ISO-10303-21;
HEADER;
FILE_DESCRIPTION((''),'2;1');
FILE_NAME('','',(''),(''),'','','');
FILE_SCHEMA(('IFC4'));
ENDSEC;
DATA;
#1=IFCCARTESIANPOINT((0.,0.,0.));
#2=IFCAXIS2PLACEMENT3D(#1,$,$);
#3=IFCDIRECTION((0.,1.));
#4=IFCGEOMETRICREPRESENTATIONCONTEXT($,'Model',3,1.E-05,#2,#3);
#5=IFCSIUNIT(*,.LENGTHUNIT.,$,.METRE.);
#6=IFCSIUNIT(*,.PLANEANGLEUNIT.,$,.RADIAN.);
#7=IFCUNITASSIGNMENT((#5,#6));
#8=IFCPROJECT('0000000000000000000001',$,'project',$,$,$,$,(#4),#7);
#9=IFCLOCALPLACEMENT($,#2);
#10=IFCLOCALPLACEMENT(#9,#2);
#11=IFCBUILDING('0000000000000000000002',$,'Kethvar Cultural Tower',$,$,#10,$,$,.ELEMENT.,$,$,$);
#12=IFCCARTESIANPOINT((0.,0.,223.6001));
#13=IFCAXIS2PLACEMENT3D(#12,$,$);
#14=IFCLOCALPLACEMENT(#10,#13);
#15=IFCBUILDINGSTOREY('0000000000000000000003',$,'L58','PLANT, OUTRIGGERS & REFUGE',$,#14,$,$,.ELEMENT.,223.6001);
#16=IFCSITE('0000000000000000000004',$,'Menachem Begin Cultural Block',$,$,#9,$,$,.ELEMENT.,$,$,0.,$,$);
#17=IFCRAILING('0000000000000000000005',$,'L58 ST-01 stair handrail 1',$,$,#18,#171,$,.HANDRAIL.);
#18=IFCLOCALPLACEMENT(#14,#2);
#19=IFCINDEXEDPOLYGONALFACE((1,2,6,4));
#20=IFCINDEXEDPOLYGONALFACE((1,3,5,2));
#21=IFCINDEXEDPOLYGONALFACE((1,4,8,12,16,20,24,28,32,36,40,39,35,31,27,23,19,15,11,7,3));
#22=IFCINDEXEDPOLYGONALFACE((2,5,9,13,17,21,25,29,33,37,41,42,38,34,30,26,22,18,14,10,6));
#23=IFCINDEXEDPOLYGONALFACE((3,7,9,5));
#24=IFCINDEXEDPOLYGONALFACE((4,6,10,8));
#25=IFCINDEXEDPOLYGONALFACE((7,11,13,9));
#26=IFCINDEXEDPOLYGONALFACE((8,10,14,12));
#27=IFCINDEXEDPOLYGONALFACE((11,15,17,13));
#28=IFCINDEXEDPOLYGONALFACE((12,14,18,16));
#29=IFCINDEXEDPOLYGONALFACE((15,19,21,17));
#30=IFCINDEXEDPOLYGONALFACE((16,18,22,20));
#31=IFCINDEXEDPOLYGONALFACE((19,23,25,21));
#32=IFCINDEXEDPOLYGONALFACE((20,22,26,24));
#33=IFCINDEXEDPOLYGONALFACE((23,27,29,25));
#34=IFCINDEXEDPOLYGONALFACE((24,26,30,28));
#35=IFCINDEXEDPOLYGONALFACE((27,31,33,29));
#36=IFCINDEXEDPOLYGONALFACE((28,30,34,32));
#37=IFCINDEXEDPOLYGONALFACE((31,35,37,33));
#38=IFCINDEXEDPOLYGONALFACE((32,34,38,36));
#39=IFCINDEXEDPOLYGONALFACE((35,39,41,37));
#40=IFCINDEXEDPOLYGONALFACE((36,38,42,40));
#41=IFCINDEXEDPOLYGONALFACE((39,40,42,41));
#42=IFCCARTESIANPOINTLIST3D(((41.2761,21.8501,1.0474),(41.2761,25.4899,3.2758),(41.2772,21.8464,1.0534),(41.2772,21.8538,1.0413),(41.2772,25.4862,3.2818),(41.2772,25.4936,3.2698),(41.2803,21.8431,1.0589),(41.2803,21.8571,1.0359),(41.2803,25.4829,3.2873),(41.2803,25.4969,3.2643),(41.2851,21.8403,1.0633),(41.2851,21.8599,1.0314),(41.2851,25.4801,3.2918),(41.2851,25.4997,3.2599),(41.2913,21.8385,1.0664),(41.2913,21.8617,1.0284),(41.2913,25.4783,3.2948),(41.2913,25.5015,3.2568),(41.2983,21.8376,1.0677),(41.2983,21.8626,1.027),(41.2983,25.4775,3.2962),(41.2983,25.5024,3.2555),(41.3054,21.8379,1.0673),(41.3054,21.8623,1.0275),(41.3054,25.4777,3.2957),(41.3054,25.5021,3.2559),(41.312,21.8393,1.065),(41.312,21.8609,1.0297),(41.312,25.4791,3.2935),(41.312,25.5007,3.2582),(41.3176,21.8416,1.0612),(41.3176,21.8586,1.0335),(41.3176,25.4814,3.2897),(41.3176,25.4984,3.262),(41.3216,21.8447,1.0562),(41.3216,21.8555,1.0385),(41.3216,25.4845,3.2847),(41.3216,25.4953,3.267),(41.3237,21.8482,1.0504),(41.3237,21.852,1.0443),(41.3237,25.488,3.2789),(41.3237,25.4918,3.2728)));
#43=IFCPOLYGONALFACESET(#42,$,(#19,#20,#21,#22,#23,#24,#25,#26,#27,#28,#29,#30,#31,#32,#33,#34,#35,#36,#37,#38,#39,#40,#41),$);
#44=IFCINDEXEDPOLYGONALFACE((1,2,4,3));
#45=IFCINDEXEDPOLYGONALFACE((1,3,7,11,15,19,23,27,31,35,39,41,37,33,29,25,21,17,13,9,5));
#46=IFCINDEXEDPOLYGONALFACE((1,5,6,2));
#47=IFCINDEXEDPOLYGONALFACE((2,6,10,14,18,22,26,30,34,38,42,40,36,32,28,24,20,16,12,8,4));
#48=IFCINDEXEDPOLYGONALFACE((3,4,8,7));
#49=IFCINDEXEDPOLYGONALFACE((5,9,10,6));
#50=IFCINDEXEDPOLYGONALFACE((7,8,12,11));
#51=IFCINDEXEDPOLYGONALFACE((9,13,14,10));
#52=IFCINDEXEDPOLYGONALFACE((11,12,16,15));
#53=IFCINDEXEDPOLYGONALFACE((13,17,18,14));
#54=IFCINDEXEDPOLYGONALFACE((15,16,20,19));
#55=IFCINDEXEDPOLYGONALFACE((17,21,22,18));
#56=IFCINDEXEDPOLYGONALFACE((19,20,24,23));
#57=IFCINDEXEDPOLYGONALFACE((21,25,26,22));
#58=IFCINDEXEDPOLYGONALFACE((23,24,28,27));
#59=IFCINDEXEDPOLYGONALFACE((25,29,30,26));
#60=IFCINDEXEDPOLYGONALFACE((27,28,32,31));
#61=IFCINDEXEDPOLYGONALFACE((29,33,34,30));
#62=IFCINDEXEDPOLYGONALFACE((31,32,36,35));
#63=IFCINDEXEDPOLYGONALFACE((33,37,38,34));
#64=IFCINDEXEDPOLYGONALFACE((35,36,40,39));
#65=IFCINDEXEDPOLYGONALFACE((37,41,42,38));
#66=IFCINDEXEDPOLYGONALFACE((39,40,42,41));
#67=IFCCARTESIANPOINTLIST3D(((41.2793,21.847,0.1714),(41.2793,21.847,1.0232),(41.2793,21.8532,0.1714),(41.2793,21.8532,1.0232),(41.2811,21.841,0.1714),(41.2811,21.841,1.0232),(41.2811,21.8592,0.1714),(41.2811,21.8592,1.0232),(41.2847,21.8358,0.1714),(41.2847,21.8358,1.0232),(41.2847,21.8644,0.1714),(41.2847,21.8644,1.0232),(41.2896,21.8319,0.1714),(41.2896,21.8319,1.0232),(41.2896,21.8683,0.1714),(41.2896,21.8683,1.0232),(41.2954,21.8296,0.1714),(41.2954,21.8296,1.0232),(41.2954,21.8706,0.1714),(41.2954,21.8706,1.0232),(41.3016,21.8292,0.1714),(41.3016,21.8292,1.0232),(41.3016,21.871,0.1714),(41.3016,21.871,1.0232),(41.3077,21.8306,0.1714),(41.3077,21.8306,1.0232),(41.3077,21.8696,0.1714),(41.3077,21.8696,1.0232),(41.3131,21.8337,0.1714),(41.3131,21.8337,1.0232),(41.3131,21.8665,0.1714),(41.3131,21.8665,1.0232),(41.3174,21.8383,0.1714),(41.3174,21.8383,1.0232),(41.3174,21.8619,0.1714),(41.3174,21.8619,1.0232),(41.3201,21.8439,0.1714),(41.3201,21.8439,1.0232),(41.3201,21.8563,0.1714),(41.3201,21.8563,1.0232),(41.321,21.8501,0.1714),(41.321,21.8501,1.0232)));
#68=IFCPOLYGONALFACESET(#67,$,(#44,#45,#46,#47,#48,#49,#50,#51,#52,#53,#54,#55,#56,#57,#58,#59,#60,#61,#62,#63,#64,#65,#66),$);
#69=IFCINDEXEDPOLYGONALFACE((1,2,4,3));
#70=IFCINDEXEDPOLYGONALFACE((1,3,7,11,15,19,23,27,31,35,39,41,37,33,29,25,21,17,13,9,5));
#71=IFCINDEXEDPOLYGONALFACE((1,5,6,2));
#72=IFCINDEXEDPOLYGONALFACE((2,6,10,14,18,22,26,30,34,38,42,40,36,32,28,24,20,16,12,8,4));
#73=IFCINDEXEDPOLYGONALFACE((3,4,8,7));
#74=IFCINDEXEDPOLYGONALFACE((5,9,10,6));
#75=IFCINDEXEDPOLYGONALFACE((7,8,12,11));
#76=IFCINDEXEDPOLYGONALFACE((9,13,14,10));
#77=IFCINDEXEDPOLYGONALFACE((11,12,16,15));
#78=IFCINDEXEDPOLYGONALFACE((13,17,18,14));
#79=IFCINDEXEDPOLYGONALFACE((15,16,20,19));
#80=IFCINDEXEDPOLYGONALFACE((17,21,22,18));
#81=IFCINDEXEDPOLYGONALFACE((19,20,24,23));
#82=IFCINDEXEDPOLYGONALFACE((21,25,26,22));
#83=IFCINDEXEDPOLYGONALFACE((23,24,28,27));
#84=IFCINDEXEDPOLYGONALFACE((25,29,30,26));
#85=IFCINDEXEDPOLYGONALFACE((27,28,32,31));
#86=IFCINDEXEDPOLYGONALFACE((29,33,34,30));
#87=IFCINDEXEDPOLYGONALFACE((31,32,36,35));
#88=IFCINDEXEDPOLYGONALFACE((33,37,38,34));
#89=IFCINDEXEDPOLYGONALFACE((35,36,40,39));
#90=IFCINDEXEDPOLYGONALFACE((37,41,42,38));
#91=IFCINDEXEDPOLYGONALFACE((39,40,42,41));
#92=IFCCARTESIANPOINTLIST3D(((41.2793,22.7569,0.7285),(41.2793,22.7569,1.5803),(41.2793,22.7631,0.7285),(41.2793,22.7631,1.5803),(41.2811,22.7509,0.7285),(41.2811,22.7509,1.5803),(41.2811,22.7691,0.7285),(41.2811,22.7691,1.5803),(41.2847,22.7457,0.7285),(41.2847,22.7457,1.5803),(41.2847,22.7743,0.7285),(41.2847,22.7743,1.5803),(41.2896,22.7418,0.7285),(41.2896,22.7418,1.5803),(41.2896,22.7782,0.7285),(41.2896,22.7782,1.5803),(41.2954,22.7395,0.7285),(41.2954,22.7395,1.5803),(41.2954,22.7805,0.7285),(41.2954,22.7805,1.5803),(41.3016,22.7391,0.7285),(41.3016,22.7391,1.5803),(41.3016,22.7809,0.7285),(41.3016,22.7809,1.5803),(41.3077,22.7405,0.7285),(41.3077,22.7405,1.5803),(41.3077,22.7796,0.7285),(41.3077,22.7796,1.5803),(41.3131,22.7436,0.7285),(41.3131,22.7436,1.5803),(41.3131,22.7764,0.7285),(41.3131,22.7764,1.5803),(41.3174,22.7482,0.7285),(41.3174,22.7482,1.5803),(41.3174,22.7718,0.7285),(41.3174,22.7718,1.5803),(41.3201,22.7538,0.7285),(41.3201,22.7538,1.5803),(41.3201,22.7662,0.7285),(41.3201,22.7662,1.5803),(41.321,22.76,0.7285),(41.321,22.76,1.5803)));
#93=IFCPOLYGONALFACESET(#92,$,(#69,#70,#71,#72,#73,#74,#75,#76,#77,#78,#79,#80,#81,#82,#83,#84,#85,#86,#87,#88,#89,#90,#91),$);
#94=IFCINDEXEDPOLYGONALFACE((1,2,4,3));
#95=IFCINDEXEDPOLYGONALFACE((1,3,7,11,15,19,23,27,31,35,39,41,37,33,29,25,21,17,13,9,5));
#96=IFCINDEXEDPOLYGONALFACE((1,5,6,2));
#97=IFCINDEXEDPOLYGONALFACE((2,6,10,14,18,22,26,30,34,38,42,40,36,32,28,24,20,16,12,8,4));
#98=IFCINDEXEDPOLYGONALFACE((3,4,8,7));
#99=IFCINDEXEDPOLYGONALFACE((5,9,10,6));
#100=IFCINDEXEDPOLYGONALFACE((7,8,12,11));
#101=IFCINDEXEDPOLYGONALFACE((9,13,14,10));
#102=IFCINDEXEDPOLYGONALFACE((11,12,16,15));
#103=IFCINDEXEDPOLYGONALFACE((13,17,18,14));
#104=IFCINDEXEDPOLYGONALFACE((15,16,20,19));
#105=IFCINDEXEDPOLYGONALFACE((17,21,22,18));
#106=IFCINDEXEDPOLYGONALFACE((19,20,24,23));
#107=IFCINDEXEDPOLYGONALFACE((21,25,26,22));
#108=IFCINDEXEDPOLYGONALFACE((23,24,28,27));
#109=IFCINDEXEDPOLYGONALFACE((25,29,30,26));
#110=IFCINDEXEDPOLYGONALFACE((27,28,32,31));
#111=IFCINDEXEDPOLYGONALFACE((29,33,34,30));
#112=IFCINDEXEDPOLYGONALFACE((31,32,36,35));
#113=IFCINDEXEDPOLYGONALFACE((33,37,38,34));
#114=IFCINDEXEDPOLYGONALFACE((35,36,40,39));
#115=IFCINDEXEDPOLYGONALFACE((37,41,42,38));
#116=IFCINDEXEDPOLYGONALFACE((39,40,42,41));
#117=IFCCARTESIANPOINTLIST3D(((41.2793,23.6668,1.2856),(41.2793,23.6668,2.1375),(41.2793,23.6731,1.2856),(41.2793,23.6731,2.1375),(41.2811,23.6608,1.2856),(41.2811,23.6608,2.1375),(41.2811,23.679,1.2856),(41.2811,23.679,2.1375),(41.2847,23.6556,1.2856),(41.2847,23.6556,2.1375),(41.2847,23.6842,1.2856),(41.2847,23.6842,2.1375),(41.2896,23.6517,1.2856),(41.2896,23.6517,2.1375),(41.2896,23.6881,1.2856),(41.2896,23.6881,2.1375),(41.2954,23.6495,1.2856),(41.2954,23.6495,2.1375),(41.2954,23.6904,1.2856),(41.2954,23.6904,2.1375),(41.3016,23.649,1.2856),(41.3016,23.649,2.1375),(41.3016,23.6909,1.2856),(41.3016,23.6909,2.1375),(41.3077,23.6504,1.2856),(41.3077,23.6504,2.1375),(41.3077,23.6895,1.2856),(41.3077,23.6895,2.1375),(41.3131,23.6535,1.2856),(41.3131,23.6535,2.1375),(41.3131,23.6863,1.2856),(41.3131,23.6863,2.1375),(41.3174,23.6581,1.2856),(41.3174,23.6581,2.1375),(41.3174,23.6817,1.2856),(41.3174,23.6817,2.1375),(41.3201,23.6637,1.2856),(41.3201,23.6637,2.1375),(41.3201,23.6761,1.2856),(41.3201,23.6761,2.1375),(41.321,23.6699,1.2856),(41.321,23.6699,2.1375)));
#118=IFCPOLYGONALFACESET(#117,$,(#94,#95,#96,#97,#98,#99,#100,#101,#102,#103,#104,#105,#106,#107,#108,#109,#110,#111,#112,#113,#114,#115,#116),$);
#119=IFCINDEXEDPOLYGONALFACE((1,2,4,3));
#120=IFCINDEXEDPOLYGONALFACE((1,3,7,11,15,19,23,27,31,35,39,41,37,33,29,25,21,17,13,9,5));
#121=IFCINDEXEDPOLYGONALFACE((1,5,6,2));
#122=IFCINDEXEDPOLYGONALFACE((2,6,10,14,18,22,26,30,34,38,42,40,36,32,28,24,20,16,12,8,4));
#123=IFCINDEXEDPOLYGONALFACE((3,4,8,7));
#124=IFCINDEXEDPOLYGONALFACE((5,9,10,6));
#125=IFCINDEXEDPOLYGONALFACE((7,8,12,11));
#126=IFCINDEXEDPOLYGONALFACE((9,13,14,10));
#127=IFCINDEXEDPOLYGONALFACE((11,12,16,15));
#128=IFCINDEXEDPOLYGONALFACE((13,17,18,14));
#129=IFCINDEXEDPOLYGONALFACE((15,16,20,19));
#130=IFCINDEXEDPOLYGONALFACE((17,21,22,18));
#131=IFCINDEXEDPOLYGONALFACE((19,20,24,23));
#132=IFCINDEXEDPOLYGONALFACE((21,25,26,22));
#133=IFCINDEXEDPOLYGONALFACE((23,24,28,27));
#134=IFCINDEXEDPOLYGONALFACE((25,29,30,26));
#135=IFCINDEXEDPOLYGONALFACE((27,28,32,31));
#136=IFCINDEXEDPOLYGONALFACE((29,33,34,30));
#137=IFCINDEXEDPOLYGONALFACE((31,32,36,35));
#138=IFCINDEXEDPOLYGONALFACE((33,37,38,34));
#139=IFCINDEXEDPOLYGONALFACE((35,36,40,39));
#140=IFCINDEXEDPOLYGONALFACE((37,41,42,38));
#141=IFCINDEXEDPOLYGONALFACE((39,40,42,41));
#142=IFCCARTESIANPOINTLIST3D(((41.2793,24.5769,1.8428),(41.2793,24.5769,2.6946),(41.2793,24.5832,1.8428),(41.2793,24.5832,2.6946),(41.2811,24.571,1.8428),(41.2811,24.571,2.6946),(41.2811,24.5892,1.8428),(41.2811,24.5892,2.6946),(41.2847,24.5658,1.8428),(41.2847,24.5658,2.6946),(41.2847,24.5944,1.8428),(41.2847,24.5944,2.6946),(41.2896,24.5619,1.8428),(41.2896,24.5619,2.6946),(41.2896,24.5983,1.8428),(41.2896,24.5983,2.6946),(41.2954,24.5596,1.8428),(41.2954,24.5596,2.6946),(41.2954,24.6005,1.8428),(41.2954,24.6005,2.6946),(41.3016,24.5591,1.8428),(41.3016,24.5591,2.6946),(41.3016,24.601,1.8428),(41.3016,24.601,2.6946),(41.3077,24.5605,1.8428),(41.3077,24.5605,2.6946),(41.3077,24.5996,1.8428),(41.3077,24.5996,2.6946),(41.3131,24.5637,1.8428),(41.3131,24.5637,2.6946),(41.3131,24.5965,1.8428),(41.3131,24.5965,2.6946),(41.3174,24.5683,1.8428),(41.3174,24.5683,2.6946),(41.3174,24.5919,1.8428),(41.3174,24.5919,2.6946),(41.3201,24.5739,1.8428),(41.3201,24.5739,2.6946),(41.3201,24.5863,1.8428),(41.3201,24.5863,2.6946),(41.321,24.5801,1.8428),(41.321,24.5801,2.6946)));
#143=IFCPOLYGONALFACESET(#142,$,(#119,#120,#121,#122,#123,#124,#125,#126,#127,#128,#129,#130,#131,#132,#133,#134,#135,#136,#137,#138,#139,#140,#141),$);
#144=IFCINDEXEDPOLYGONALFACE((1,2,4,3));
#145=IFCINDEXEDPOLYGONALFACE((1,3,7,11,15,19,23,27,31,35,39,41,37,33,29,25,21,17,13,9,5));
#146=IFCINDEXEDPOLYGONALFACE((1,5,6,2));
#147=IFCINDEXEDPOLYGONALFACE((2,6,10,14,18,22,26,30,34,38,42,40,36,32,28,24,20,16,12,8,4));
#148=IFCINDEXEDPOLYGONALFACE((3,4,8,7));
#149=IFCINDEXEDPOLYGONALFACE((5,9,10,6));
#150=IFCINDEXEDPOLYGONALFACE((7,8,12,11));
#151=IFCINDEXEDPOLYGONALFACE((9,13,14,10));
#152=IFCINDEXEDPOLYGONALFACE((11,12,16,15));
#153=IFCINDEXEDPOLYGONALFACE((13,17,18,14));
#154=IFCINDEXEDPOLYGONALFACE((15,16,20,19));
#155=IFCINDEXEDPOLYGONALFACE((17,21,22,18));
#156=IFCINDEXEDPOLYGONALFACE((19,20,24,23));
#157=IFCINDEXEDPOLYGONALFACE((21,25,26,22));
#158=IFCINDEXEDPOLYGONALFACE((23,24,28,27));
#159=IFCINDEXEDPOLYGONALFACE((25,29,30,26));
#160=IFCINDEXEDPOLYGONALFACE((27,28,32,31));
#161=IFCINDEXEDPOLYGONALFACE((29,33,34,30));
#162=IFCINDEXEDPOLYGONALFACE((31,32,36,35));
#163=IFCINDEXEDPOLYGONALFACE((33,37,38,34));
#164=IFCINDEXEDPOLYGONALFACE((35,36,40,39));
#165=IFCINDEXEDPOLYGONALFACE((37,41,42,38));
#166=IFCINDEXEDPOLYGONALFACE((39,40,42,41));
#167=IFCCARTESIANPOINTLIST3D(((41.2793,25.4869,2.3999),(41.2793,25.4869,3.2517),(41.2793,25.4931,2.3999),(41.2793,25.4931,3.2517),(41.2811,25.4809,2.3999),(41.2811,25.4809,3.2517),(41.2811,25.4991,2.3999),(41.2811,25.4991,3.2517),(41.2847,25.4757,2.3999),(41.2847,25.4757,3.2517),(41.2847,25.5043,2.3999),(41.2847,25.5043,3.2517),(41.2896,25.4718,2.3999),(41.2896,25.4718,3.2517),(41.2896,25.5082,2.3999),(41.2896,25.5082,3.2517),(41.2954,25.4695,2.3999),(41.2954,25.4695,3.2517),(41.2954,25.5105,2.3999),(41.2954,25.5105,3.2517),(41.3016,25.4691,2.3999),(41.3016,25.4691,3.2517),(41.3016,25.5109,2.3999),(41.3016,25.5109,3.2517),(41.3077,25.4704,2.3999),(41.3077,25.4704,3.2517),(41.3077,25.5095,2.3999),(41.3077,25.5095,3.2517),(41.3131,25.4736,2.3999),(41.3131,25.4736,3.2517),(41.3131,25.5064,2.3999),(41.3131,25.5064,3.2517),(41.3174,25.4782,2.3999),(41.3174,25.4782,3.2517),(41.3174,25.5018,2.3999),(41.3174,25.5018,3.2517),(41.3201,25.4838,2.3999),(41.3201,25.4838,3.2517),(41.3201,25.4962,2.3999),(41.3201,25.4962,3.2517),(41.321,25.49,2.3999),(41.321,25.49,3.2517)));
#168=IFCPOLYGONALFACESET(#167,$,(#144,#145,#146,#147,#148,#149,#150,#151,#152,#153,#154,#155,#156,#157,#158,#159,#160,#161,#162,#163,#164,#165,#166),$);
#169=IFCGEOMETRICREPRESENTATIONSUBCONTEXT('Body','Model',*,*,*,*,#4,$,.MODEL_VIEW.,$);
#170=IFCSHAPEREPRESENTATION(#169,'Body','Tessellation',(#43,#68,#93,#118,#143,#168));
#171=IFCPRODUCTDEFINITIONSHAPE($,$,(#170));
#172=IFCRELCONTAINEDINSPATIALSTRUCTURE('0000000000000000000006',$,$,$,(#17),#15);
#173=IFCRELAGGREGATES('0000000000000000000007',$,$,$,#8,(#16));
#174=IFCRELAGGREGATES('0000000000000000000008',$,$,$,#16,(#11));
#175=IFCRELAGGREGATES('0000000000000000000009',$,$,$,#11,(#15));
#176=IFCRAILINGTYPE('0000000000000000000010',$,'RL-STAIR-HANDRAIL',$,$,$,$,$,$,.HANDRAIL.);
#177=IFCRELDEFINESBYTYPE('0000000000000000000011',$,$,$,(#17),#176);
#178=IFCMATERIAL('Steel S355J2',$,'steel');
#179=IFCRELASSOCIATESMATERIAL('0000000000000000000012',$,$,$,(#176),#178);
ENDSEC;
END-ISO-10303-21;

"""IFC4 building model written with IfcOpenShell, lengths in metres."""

from ifc_helpers import new_model, si_unit, direction, frame, origin, origin_2d, place, context, subcontext, project, spatial, circle, extrude, material, type_object, element, save


model = new_model("IFC4")

# Units and contexts
model_context = context("Model", 3, precision=1e-05, world=origin(), true_north=direction((0.0, 1.0)))
body_context = subcontext(model_context, "Body", "Model", "MODEL_VIEW")
ifc_project = project(units=[si_unit("LENGTHUNIT", "METRE"), si_unit("PLANEANGLEUNIT", "RADIAN")], contexts=[model_context])

# Site, building, storey
site_placement = place(None, origin())
site = spatial("IfcSite", under=ifc_project, at=site_placement, Name="Menachem Begin Cultural Block", CompositionType="ELEMENT", RefElevation=0.0)
building_placement = place(site_placement, origin())
building = spatial("IfcBuilding", under=site, at=building_placement, Name="Kethvar Cultural Tower", CompositionType="ELEMENT")
storey_placement = place(building_placement, frame((0.0, 0.0, 223.6001)))
storey = spatial("IfcBuildingStorey", under=building, at=storey_placement, Name="L58", Description="PLANT, OUTRIGGERS & REFUGE", CompositionType="ELEMENT", Elevation=223.6001)

# Shared definitions
ifc_material_1 = material(Name="Steel S355J2", Category="steel")

# Railing
railing_type_1 = type_object("IfcRailingType", Name="RL-STAIR-HANDRAIL", PredefinedType="HANDRAIL", material=ifc_material_1)
railing_1_placement = place(storey_placement, frame((41.3, 21.8501, 0.1714)))
element("IfcRailing", 1, at=railing_1_placement, inside=storey, type_object=railing_type_1, Name="L58 ST-01 stair handrail 1", PredefinedType="HANDRAIL", context=body_context, shape_type="SweptSolid", body=[
    extrude(circle(Radius=0.0239, at=origin_2d()), frame((0.0, 0.0, 0.876), z_axis=(0.0, 0.85285, 0.522156), x_axis=(-1.0, 0.0, 0.0)), (0.0, 0.0, 1.0), 4.2678),
    extrude(circle(Radius=0.021, at=origin_2d()), origin(), (0.0, 0.0, 1.0), 0.8518),
    extrude(circle(Radius=0.021, at=origin_2d()), frame((0.0, 0.9099, 0.5571)), (0.0, 0.0, 1.0), 0.8518),
    extrude(circle(Radius=0.021, at=origin_2d()), frame((0.0, 1.8198, 1.1143)), (0.0, 0.0, 1.0), 0.8518),
    extrude(circle(Radius=0.021, at=origin_2d()), frame((0.0, 2.73, 1.6714)), (0.0, 0.0, 1.0), 0.8518),
    extrude(circle(Radius=0.021, at=origin_2d()), frame((0.0, 3.6399, 2.2285)), (0.0, 0.0, 1.0), 0.8518),
])

save(model, "model.ifc")
